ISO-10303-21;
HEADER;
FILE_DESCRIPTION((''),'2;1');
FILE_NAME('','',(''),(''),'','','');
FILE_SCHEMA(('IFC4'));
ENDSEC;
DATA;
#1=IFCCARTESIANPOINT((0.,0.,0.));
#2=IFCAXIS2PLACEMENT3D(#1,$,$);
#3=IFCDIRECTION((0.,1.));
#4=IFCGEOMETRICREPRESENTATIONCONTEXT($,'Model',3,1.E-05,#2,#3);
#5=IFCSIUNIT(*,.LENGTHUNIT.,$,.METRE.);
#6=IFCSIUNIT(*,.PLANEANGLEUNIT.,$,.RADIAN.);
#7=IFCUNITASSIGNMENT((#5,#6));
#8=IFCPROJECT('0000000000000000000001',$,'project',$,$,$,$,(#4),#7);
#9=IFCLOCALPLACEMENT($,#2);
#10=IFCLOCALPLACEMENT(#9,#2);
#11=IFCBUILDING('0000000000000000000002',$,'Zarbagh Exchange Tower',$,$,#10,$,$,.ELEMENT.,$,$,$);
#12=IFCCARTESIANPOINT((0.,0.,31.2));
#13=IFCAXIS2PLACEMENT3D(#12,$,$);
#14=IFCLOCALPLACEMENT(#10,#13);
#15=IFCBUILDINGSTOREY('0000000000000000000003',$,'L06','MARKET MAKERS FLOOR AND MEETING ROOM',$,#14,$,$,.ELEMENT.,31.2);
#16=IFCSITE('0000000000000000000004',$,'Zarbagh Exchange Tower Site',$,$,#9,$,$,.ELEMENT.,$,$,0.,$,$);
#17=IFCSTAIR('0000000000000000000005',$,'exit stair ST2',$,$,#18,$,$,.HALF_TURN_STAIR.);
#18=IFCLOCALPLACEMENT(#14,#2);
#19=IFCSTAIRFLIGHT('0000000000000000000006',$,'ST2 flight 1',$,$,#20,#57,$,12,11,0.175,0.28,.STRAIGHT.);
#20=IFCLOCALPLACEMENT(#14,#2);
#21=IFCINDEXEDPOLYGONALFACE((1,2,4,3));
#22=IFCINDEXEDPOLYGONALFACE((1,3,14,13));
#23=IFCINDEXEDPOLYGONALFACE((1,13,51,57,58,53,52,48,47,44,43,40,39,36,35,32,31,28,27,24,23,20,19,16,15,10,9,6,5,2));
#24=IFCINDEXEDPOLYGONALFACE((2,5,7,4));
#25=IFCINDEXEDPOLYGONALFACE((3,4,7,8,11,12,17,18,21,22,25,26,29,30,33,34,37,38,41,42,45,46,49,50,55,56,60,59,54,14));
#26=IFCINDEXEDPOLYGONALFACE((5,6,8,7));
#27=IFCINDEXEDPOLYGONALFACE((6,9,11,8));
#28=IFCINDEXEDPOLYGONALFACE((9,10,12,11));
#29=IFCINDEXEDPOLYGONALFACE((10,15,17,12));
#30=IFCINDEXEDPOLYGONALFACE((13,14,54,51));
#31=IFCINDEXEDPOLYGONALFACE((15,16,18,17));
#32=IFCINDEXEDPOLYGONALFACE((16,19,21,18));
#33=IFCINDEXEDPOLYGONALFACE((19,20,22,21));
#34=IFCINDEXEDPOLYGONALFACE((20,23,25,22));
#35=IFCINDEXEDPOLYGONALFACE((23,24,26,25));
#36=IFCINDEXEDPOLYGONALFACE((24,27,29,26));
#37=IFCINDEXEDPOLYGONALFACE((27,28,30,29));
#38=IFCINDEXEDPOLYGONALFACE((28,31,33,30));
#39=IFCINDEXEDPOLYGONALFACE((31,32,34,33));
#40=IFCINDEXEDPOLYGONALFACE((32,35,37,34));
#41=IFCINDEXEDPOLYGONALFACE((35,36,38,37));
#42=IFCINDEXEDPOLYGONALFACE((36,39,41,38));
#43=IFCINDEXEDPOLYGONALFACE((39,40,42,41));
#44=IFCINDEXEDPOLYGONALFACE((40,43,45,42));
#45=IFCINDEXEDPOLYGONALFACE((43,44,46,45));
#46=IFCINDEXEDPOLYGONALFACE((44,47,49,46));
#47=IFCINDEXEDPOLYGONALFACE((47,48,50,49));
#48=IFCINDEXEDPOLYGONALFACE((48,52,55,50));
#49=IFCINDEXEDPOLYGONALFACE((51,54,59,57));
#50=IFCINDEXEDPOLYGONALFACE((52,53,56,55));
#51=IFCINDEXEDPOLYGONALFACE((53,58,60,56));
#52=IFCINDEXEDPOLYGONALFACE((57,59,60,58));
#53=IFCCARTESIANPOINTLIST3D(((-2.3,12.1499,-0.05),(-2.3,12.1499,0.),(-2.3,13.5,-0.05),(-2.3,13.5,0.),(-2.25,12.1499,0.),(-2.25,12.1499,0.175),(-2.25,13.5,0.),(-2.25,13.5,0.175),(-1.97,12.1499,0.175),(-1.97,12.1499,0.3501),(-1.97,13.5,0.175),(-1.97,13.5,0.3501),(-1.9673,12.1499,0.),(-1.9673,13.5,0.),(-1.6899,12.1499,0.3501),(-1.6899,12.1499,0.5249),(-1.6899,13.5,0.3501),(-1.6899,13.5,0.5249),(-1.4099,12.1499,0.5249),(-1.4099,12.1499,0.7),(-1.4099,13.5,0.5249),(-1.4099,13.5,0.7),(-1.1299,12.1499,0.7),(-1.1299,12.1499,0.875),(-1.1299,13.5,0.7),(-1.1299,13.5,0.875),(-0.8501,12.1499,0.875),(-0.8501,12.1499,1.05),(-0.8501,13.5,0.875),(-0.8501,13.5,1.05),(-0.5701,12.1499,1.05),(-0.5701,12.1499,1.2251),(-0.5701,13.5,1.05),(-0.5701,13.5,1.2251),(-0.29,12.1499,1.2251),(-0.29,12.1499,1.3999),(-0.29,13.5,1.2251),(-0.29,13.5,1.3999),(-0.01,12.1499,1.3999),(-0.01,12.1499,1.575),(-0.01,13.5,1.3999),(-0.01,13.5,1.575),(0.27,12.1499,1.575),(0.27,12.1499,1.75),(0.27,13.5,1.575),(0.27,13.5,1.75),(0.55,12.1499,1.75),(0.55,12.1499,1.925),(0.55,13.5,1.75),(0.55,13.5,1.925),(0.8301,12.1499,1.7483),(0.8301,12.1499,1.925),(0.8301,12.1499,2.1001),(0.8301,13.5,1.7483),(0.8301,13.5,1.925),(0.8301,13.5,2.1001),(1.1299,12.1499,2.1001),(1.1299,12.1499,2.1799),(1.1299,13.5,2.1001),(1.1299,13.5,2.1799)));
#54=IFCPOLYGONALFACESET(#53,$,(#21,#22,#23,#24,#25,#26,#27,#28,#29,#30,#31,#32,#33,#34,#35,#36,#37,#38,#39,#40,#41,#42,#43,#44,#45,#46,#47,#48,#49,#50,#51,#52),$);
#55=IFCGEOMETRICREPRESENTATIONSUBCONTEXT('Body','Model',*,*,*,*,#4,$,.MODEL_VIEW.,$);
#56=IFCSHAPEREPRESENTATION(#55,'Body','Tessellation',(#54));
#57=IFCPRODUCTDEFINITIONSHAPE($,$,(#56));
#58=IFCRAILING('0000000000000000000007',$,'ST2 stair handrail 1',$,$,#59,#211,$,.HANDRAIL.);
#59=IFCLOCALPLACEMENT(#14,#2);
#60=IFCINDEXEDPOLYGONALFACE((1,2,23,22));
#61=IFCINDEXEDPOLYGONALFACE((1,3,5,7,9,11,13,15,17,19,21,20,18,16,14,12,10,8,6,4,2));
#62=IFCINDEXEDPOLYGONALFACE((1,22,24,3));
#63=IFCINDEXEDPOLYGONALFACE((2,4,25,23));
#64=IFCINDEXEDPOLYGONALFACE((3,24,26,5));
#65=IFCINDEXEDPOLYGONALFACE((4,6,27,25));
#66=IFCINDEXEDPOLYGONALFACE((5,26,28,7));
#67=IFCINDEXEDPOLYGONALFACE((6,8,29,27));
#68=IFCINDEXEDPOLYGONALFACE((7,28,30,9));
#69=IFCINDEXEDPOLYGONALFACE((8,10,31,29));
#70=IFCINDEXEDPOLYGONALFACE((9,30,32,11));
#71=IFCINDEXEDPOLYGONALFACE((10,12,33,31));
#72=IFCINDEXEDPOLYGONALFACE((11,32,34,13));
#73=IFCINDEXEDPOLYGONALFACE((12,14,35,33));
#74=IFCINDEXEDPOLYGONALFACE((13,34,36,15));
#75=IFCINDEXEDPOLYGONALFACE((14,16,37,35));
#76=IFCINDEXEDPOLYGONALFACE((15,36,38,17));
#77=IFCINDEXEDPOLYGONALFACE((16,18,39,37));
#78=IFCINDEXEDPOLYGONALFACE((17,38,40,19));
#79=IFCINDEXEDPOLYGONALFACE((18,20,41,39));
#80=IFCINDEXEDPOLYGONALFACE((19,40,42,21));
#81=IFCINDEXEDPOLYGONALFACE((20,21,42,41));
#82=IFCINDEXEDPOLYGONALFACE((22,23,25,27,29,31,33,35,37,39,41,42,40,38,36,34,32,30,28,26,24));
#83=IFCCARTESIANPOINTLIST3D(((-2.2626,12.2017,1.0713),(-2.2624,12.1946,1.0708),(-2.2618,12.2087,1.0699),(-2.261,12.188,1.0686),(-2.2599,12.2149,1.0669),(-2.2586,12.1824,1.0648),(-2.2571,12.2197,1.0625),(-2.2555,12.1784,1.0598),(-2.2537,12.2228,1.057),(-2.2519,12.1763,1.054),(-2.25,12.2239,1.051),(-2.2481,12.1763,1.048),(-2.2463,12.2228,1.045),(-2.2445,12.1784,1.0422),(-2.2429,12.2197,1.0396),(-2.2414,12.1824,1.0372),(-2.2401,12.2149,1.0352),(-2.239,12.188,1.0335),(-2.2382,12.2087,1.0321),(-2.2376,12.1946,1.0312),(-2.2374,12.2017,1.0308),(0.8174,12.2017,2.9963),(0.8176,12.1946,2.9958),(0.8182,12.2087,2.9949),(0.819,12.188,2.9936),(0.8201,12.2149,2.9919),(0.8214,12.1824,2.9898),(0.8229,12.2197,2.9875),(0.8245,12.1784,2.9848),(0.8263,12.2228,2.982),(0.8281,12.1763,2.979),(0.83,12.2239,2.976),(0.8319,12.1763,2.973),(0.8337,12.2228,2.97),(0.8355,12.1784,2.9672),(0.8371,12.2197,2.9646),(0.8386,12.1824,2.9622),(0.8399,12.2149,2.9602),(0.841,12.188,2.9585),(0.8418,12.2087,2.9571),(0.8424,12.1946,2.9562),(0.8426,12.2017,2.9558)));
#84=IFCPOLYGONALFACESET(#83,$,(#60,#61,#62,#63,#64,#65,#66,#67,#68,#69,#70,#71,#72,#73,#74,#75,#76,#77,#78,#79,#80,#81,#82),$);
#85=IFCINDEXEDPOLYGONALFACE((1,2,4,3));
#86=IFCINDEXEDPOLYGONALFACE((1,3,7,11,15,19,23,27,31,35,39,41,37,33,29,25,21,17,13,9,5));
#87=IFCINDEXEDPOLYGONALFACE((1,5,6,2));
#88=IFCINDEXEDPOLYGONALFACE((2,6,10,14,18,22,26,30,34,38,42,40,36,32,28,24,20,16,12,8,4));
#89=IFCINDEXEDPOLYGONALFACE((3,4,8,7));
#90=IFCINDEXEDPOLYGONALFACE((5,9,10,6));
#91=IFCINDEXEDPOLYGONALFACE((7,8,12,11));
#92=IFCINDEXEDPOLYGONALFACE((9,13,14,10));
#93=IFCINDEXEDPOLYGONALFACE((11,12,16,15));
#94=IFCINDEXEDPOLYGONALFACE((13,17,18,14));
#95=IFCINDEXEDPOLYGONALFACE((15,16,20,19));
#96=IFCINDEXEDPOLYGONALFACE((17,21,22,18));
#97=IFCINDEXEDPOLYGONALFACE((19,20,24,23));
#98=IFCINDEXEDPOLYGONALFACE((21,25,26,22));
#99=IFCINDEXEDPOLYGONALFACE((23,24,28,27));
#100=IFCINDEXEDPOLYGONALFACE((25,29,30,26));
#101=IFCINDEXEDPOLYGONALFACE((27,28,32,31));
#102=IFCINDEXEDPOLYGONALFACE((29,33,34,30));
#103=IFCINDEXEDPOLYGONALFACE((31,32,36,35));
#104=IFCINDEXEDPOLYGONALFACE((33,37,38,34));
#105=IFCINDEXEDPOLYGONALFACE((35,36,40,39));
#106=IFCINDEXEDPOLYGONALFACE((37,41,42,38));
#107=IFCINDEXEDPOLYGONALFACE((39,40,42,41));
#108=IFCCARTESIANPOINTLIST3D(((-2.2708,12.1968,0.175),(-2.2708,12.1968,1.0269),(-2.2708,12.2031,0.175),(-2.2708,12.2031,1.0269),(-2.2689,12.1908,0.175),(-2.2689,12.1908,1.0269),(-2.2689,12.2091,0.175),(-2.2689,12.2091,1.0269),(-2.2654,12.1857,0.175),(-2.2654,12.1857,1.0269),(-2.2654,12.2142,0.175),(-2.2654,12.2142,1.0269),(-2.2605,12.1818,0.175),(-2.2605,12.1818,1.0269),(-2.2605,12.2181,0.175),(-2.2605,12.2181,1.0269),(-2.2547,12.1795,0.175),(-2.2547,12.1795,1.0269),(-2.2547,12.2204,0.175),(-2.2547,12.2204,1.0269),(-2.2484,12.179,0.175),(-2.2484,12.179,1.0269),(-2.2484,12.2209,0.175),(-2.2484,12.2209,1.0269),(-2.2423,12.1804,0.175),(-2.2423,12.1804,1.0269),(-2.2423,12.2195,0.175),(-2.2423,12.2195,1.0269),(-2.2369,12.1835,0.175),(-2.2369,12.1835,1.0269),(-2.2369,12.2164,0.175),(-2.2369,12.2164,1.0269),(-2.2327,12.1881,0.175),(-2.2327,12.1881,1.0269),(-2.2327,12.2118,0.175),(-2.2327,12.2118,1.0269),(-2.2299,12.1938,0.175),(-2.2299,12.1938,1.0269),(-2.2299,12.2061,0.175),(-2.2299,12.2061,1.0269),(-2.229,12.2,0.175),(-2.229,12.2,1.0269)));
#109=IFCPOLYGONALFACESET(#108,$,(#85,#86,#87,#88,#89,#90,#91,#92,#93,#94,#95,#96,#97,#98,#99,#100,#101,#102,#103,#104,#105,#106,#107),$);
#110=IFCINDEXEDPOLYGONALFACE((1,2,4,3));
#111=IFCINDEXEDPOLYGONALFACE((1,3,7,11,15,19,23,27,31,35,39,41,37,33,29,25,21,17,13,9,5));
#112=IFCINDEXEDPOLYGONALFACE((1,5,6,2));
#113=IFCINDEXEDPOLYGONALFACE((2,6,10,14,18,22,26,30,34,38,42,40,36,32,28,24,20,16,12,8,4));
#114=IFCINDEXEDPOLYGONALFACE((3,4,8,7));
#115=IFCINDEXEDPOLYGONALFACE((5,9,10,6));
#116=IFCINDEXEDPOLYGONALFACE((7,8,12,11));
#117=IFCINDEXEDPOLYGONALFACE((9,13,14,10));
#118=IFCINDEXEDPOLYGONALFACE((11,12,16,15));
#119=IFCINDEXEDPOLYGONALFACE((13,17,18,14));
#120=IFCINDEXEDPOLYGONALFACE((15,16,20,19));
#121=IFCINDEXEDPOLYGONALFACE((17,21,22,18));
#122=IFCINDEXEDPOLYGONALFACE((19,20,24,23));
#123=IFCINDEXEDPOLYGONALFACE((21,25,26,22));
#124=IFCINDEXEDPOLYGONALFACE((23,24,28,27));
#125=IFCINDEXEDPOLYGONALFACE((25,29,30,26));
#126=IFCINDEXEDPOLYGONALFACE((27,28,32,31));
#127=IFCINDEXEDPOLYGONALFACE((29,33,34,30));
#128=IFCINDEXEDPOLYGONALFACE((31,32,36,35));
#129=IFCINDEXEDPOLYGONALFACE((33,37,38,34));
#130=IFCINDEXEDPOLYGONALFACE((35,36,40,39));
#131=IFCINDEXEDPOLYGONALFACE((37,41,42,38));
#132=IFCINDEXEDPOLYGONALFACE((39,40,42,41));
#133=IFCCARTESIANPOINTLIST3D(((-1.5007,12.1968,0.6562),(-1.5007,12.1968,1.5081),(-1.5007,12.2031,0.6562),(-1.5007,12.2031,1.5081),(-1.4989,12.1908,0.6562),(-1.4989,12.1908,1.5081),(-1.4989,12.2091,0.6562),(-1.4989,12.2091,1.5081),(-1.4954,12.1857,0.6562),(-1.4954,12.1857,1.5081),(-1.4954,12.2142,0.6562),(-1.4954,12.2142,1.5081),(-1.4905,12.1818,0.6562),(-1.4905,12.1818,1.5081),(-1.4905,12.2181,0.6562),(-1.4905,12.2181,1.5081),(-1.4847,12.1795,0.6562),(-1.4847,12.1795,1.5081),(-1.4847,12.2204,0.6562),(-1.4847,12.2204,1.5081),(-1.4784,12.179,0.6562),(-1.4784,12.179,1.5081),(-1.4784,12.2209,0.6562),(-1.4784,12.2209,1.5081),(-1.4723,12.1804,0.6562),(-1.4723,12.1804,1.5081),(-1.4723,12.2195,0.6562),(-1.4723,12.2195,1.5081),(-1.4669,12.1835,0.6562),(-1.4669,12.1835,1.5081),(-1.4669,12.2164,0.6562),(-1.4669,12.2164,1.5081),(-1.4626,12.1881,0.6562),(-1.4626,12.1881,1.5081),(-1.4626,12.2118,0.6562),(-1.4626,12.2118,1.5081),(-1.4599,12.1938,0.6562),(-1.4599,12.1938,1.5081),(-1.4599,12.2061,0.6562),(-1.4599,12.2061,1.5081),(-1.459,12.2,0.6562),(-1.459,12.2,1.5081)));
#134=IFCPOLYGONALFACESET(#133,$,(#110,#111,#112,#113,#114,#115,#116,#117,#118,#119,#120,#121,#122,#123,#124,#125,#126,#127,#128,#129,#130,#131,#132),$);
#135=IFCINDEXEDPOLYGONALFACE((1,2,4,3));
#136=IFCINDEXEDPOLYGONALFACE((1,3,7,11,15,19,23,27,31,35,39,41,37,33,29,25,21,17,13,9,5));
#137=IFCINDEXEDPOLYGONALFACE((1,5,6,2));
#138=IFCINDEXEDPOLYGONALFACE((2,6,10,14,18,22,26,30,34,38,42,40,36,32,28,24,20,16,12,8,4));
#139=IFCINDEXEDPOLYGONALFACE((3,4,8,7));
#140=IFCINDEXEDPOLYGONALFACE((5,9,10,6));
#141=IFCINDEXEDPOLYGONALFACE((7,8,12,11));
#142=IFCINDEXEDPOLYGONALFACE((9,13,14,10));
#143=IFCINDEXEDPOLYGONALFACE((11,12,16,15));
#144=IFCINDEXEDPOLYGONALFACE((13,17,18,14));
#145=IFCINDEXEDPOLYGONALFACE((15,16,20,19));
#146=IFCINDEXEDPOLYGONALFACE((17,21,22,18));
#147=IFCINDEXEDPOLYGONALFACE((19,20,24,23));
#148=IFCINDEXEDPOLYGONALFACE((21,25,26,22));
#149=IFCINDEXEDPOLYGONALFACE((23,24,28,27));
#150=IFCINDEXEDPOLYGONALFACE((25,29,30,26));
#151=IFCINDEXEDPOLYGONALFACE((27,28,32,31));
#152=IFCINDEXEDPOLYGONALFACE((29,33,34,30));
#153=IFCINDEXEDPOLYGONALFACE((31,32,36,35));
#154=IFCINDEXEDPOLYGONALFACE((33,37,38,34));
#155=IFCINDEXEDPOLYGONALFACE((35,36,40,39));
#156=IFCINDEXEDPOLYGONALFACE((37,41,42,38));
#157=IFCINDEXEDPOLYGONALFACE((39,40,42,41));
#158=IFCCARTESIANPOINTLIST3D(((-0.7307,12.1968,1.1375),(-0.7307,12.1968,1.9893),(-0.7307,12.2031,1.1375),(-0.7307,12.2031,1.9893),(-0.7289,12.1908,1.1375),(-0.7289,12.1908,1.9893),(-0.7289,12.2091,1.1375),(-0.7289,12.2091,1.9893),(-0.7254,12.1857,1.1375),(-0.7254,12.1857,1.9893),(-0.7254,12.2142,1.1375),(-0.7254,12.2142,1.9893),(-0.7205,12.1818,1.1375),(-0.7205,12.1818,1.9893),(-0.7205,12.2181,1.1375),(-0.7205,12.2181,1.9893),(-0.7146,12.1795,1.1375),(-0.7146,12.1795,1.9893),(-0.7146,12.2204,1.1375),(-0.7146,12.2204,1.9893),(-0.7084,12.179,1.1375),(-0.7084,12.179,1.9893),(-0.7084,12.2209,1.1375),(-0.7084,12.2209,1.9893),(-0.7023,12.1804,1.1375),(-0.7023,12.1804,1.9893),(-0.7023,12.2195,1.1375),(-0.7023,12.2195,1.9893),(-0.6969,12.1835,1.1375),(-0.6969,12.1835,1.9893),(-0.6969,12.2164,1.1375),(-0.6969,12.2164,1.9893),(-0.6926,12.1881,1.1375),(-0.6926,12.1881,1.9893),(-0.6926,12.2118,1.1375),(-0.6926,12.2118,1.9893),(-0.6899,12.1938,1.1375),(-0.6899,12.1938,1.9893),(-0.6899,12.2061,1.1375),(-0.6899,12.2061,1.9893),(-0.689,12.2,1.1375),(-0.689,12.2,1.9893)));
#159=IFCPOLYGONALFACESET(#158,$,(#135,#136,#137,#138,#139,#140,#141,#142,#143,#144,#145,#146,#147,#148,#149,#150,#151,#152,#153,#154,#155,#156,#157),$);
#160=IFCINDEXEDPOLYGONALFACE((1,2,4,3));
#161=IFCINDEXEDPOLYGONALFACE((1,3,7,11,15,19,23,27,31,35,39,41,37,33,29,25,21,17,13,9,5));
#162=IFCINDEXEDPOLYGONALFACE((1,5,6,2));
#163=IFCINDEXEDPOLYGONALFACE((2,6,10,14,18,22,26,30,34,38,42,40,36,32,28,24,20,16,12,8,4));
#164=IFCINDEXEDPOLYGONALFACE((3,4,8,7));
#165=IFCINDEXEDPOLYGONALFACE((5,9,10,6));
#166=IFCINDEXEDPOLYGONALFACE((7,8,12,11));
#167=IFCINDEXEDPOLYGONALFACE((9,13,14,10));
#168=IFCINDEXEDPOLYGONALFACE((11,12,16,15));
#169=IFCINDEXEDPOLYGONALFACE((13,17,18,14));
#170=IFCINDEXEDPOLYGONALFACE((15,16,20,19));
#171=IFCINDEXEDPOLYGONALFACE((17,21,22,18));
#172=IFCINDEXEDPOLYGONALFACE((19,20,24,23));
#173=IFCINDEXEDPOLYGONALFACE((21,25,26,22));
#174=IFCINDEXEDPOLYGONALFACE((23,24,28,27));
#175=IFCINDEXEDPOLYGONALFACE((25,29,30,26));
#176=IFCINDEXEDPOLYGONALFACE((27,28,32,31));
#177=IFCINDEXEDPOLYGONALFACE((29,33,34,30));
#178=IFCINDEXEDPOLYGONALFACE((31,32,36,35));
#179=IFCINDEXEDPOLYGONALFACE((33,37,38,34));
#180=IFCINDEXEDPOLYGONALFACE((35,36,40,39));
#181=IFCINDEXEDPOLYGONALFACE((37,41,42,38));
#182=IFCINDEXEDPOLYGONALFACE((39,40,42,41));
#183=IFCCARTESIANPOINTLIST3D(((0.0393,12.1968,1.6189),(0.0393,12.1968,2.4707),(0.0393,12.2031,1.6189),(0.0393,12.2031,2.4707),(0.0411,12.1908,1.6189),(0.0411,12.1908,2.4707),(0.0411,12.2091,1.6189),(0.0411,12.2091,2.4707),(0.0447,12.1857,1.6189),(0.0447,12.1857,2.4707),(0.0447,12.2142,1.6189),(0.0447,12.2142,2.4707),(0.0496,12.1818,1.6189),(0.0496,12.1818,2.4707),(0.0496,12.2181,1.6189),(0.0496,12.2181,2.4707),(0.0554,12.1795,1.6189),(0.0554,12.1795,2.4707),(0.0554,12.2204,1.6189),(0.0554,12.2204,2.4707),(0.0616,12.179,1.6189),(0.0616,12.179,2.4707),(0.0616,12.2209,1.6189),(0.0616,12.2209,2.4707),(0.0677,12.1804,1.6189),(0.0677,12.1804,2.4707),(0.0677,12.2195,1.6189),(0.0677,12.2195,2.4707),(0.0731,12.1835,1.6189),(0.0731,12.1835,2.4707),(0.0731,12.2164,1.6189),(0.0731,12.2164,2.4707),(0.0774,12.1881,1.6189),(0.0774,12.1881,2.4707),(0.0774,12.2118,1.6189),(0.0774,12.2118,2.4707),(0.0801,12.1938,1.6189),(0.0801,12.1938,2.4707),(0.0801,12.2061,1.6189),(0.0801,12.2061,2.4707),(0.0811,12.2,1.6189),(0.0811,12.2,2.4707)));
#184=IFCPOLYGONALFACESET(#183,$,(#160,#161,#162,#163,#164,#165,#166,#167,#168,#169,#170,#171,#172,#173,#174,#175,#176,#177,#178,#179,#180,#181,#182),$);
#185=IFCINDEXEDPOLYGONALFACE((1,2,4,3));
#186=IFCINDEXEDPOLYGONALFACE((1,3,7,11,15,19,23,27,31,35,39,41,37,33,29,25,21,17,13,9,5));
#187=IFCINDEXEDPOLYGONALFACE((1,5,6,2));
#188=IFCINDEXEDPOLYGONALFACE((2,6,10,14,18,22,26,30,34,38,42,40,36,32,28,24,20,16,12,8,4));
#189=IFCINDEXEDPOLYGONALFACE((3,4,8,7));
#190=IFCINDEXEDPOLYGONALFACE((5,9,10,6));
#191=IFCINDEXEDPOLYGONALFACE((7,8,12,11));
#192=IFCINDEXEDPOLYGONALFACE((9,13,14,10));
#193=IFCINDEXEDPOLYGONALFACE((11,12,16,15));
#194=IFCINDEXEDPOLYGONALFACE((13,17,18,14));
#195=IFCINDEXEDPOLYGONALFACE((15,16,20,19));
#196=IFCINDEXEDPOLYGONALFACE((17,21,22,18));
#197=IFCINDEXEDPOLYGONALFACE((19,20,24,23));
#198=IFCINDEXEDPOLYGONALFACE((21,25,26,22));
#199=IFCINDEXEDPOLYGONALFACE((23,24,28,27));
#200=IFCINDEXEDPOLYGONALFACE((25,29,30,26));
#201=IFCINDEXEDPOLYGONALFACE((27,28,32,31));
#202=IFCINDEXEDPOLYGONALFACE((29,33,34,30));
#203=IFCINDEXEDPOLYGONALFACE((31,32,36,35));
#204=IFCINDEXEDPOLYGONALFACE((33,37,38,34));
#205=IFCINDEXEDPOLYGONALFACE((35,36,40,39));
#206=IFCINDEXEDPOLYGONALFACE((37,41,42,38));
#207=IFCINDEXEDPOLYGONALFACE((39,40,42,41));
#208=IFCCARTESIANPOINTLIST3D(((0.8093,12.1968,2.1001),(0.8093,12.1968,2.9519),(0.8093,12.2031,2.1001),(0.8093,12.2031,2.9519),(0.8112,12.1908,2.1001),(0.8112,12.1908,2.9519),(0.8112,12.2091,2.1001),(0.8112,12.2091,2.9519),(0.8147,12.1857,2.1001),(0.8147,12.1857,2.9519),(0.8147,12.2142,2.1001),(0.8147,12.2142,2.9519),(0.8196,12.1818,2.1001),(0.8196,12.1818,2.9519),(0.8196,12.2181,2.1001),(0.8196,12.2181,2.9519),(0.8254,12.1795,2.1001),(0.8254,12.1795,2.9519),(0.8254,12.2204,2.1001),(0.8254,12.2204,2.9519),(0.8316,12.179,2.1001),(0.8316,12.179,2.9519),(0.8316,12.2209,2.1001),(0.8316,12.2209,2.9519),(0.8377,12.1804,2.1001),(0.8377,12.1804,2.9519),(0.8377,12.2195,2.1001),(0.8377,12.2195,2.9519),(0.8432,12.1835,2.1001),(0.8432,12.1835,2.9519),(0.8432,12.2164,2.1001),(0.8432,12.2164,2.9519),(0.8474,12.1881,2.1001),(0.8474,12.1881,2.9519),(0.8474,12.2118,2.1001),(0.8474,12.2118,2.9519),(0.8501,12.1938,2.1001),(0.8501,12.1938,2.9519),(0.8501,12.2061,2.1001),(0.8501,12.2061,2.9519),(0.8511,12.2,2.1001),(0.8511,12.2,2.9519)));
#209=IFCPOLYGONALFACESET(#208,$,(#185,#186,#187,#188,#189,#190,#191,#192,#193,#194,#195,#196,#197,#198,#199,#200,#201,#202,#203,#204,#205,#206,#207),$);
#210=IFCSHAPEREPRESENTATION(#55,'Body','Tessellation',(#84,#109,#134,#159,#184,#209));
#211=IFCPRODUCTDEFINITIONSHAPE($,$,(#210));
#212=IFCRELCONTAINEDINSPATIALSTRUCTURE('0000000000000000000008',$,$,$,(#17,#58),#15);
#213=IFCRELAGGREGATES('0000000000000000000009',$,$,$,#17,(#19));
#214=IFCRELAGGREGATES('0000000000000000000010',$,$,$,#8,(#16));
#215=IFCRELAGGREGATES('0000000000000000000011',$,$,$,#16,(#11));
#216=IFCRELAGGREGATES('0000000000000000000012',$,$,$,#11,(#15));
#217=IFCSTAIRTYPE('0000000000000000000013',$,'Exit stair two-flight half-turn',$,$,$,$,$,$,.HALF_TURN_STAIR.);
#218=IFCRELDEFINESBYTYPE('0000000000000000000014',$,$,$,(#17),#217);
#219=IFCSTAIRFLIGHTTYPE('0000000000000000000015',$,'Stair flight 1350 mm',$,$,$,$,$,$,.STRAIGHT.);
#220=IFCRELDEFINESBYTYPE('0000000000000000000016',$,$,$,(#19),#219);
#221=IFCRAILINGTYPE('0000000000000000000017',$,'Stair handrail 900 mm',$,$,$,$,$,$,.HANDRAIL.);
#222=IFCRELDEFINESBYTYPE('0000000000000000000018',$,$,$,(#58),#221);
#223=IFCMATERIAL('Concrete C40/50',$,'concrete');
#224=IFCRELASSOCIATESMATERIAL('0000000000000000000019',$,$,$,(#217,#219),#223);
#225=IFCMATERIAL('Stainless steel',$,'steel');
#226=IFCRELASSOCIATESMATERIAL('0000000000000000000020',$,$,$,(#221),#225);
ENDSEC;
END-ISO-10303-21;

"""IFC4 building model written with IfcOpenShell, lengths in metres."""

from ifc_helpers import new_model, si_unit, direction, frame, origin, origin_2d, place, context, subcontext, project, spatial, polyline, circle, outline, extrude, material, type_object, element, aggregate, save


model = new_model("IFC4")

# Units and contexts
model_context = context("Model", 3, precision=1e-05, world=origin(), true_north=direction((0.0, 1.0)))
body_context = subcontext(model_context, "Body", "Model", "MODEL_VIEW")
ifc_project = project(units=[si_unit("LENGTHUNIT", "METRE"), si_unit("PLANEANGLEUNIT", "RADIAN")], contexts=[model_context])

# Site, building, storey
site_placement = place(None, origin())
site = spatial("IfcSite", under=ifc_project, at=site_placement, Name="Zarbagh Exchange Tower Site", CompositionType="ELEMENT", RefElevation=0.0)
building_placement = place(site_placement, origin())
building = spatial("IfcBuilding", under=site, at=building_placement, Name="Zarbagh Exchange Tower", CompositionType="ELEMENT")
storey_placement = place(building_placement, frame((0.0, 0.0, 31.2)))
storey = spatial("IfcBuildingStorey", under=building, at=storey_placement, Name="L06", Description="MARKET MAKERS FLOOR AND MEETING ROOM", CompositionType="ELEMENT", Elevation=31.2)

# Shared definitions
ifc_material_1 = material(Name="Concrete C40/50", Category="concrete")

# Stair, stair flight
stair_type = type_object("IfcStairType", Name="Exit stair two-flight half-turn", PredefinedType="HALF_TURN_STAIR", material=ifc_material_1)
stair_placement = place(storey_placement, origin())
stair = element("IfcStair", 1, at=stair_placement, inside=storey, type_object=stair_type, Name="exit stair ST2", PredefinedType="HALF_TURN_STAIR")
stair_flight_type = type_object("IfcStairFlightType", Name="Stair flight 1350 mm", PredefinedType="STRAIGHT", material=ifc_material_1)
stair_flight_placement = place(storey_placement, frame((-2.25, 12.825, 0.0), z_axis=(0.0, 0.0, 1.0), x_axis=(1.0, 0.0, 0.0)))
stair_flight = element("IfcStairFlight", 2, at=stair_flight_placement, type_object=stair_flight_type, Name="ST2 flight 1", NumberOfRisers=12, NumberOfTreads=11, PredefinedType="STRAIGHT", RiserHeight=0.175, TreadLength=0.28, context=body_context, shape_type="SweptSolid", body=[
    extrude(outline(polyline([(-0.05, -0.05), (-0.05, 0.0), (0.0, 0.0), (0.0, 0.175), (0.28, 0.175), (0.28, 0.3501), (0.5601, 0.3501), (0.5601, 0.5249), (0.8401, 0.5249), (0.8401, 0.7), (1.1201, 0.7), (1.1201, 0.875), (1.3999, 0.875), (1.3999, 1.05), (1.6799, 1.05), (1.6799, 1.2251), (1.96, 1.2251), (1.96, 1.3999), (2.24, 1.3999), (2.24, 1.575), (2.52, 1.575), (2.52, 1.75), (2.8, 1.75), (2.8, 1.925), (3.0801, 1.925), (3.0801, 2.1001), (3.3799, 2.1799), (3.3799, 2.1001), (3.0801, 1.7483), (0.2827, 0.0), (-0.05, -0.05)])), frame((0.0, 0.675, 0.0), z_axis=(0.0, -1.0, 0.0), x_axis=(1.0, 0.0, 0.0)), (0.0, 0.0, 1.0), 1.3501),
])
aggregate(stair, [stair_flight])

# Railing
ifc_material_2 = material(Name="Stainless steel", Category="steel")
railing_type = type_object("IfcRailingType", Name="Stair handrail 900 mm", PredefinedType="HANDRAIL", material=ifc_material_2)
railing_placement = place(storey_placement, frame((-2.25, 12.2, 0.175)))
element("IfcRailing", 3, at=railing_placement, inside=storey, type_object=railing_type, Name="ST2 stair handrail 1", PredefinedType="HANDRAIL", context=body_context, shape_type="SweptSolid", body=[
    extrude(circle(Radius=0.0239, at=origin_2d()), frame((0.0, 0.0, 0.876), z_axis=(0.847998, 0.0, 0.529999), x_axis=(0.0, 1.0, 0.0)), (0.0, 0.0, 1.0), 3.6321),
    extrude(circle(Radius=0.021, at=origin_2d()), origin(), (0.0, 0.0, 1.0), 0.8518),
    extrude(circle(Radius=0.021, at=origin_2d()), frame((0.77, 0.0, 0.4812)), (0.0, 0.0, 1.0), 0.8518),
    extrude(circle(Radius=0.021, at=origin_2d()), frame((1.54, 0.0, 0.9624)), (0.0, 0.0, 1.0), 0.8518),
    extrude(circle(Radius=0.021, at=origin_2d()), frame((2.3101, 0.0, 1.4438)), (0.0, 0.0, 1.0), 0.8518),
    extrude(circle(Radius=0.021, at=origin_2d()), frame((3.0801, 0.0, 1.925)), (0.0, 0.0, 1.0), 0.8518),
])

save(model, "model.ifc")
